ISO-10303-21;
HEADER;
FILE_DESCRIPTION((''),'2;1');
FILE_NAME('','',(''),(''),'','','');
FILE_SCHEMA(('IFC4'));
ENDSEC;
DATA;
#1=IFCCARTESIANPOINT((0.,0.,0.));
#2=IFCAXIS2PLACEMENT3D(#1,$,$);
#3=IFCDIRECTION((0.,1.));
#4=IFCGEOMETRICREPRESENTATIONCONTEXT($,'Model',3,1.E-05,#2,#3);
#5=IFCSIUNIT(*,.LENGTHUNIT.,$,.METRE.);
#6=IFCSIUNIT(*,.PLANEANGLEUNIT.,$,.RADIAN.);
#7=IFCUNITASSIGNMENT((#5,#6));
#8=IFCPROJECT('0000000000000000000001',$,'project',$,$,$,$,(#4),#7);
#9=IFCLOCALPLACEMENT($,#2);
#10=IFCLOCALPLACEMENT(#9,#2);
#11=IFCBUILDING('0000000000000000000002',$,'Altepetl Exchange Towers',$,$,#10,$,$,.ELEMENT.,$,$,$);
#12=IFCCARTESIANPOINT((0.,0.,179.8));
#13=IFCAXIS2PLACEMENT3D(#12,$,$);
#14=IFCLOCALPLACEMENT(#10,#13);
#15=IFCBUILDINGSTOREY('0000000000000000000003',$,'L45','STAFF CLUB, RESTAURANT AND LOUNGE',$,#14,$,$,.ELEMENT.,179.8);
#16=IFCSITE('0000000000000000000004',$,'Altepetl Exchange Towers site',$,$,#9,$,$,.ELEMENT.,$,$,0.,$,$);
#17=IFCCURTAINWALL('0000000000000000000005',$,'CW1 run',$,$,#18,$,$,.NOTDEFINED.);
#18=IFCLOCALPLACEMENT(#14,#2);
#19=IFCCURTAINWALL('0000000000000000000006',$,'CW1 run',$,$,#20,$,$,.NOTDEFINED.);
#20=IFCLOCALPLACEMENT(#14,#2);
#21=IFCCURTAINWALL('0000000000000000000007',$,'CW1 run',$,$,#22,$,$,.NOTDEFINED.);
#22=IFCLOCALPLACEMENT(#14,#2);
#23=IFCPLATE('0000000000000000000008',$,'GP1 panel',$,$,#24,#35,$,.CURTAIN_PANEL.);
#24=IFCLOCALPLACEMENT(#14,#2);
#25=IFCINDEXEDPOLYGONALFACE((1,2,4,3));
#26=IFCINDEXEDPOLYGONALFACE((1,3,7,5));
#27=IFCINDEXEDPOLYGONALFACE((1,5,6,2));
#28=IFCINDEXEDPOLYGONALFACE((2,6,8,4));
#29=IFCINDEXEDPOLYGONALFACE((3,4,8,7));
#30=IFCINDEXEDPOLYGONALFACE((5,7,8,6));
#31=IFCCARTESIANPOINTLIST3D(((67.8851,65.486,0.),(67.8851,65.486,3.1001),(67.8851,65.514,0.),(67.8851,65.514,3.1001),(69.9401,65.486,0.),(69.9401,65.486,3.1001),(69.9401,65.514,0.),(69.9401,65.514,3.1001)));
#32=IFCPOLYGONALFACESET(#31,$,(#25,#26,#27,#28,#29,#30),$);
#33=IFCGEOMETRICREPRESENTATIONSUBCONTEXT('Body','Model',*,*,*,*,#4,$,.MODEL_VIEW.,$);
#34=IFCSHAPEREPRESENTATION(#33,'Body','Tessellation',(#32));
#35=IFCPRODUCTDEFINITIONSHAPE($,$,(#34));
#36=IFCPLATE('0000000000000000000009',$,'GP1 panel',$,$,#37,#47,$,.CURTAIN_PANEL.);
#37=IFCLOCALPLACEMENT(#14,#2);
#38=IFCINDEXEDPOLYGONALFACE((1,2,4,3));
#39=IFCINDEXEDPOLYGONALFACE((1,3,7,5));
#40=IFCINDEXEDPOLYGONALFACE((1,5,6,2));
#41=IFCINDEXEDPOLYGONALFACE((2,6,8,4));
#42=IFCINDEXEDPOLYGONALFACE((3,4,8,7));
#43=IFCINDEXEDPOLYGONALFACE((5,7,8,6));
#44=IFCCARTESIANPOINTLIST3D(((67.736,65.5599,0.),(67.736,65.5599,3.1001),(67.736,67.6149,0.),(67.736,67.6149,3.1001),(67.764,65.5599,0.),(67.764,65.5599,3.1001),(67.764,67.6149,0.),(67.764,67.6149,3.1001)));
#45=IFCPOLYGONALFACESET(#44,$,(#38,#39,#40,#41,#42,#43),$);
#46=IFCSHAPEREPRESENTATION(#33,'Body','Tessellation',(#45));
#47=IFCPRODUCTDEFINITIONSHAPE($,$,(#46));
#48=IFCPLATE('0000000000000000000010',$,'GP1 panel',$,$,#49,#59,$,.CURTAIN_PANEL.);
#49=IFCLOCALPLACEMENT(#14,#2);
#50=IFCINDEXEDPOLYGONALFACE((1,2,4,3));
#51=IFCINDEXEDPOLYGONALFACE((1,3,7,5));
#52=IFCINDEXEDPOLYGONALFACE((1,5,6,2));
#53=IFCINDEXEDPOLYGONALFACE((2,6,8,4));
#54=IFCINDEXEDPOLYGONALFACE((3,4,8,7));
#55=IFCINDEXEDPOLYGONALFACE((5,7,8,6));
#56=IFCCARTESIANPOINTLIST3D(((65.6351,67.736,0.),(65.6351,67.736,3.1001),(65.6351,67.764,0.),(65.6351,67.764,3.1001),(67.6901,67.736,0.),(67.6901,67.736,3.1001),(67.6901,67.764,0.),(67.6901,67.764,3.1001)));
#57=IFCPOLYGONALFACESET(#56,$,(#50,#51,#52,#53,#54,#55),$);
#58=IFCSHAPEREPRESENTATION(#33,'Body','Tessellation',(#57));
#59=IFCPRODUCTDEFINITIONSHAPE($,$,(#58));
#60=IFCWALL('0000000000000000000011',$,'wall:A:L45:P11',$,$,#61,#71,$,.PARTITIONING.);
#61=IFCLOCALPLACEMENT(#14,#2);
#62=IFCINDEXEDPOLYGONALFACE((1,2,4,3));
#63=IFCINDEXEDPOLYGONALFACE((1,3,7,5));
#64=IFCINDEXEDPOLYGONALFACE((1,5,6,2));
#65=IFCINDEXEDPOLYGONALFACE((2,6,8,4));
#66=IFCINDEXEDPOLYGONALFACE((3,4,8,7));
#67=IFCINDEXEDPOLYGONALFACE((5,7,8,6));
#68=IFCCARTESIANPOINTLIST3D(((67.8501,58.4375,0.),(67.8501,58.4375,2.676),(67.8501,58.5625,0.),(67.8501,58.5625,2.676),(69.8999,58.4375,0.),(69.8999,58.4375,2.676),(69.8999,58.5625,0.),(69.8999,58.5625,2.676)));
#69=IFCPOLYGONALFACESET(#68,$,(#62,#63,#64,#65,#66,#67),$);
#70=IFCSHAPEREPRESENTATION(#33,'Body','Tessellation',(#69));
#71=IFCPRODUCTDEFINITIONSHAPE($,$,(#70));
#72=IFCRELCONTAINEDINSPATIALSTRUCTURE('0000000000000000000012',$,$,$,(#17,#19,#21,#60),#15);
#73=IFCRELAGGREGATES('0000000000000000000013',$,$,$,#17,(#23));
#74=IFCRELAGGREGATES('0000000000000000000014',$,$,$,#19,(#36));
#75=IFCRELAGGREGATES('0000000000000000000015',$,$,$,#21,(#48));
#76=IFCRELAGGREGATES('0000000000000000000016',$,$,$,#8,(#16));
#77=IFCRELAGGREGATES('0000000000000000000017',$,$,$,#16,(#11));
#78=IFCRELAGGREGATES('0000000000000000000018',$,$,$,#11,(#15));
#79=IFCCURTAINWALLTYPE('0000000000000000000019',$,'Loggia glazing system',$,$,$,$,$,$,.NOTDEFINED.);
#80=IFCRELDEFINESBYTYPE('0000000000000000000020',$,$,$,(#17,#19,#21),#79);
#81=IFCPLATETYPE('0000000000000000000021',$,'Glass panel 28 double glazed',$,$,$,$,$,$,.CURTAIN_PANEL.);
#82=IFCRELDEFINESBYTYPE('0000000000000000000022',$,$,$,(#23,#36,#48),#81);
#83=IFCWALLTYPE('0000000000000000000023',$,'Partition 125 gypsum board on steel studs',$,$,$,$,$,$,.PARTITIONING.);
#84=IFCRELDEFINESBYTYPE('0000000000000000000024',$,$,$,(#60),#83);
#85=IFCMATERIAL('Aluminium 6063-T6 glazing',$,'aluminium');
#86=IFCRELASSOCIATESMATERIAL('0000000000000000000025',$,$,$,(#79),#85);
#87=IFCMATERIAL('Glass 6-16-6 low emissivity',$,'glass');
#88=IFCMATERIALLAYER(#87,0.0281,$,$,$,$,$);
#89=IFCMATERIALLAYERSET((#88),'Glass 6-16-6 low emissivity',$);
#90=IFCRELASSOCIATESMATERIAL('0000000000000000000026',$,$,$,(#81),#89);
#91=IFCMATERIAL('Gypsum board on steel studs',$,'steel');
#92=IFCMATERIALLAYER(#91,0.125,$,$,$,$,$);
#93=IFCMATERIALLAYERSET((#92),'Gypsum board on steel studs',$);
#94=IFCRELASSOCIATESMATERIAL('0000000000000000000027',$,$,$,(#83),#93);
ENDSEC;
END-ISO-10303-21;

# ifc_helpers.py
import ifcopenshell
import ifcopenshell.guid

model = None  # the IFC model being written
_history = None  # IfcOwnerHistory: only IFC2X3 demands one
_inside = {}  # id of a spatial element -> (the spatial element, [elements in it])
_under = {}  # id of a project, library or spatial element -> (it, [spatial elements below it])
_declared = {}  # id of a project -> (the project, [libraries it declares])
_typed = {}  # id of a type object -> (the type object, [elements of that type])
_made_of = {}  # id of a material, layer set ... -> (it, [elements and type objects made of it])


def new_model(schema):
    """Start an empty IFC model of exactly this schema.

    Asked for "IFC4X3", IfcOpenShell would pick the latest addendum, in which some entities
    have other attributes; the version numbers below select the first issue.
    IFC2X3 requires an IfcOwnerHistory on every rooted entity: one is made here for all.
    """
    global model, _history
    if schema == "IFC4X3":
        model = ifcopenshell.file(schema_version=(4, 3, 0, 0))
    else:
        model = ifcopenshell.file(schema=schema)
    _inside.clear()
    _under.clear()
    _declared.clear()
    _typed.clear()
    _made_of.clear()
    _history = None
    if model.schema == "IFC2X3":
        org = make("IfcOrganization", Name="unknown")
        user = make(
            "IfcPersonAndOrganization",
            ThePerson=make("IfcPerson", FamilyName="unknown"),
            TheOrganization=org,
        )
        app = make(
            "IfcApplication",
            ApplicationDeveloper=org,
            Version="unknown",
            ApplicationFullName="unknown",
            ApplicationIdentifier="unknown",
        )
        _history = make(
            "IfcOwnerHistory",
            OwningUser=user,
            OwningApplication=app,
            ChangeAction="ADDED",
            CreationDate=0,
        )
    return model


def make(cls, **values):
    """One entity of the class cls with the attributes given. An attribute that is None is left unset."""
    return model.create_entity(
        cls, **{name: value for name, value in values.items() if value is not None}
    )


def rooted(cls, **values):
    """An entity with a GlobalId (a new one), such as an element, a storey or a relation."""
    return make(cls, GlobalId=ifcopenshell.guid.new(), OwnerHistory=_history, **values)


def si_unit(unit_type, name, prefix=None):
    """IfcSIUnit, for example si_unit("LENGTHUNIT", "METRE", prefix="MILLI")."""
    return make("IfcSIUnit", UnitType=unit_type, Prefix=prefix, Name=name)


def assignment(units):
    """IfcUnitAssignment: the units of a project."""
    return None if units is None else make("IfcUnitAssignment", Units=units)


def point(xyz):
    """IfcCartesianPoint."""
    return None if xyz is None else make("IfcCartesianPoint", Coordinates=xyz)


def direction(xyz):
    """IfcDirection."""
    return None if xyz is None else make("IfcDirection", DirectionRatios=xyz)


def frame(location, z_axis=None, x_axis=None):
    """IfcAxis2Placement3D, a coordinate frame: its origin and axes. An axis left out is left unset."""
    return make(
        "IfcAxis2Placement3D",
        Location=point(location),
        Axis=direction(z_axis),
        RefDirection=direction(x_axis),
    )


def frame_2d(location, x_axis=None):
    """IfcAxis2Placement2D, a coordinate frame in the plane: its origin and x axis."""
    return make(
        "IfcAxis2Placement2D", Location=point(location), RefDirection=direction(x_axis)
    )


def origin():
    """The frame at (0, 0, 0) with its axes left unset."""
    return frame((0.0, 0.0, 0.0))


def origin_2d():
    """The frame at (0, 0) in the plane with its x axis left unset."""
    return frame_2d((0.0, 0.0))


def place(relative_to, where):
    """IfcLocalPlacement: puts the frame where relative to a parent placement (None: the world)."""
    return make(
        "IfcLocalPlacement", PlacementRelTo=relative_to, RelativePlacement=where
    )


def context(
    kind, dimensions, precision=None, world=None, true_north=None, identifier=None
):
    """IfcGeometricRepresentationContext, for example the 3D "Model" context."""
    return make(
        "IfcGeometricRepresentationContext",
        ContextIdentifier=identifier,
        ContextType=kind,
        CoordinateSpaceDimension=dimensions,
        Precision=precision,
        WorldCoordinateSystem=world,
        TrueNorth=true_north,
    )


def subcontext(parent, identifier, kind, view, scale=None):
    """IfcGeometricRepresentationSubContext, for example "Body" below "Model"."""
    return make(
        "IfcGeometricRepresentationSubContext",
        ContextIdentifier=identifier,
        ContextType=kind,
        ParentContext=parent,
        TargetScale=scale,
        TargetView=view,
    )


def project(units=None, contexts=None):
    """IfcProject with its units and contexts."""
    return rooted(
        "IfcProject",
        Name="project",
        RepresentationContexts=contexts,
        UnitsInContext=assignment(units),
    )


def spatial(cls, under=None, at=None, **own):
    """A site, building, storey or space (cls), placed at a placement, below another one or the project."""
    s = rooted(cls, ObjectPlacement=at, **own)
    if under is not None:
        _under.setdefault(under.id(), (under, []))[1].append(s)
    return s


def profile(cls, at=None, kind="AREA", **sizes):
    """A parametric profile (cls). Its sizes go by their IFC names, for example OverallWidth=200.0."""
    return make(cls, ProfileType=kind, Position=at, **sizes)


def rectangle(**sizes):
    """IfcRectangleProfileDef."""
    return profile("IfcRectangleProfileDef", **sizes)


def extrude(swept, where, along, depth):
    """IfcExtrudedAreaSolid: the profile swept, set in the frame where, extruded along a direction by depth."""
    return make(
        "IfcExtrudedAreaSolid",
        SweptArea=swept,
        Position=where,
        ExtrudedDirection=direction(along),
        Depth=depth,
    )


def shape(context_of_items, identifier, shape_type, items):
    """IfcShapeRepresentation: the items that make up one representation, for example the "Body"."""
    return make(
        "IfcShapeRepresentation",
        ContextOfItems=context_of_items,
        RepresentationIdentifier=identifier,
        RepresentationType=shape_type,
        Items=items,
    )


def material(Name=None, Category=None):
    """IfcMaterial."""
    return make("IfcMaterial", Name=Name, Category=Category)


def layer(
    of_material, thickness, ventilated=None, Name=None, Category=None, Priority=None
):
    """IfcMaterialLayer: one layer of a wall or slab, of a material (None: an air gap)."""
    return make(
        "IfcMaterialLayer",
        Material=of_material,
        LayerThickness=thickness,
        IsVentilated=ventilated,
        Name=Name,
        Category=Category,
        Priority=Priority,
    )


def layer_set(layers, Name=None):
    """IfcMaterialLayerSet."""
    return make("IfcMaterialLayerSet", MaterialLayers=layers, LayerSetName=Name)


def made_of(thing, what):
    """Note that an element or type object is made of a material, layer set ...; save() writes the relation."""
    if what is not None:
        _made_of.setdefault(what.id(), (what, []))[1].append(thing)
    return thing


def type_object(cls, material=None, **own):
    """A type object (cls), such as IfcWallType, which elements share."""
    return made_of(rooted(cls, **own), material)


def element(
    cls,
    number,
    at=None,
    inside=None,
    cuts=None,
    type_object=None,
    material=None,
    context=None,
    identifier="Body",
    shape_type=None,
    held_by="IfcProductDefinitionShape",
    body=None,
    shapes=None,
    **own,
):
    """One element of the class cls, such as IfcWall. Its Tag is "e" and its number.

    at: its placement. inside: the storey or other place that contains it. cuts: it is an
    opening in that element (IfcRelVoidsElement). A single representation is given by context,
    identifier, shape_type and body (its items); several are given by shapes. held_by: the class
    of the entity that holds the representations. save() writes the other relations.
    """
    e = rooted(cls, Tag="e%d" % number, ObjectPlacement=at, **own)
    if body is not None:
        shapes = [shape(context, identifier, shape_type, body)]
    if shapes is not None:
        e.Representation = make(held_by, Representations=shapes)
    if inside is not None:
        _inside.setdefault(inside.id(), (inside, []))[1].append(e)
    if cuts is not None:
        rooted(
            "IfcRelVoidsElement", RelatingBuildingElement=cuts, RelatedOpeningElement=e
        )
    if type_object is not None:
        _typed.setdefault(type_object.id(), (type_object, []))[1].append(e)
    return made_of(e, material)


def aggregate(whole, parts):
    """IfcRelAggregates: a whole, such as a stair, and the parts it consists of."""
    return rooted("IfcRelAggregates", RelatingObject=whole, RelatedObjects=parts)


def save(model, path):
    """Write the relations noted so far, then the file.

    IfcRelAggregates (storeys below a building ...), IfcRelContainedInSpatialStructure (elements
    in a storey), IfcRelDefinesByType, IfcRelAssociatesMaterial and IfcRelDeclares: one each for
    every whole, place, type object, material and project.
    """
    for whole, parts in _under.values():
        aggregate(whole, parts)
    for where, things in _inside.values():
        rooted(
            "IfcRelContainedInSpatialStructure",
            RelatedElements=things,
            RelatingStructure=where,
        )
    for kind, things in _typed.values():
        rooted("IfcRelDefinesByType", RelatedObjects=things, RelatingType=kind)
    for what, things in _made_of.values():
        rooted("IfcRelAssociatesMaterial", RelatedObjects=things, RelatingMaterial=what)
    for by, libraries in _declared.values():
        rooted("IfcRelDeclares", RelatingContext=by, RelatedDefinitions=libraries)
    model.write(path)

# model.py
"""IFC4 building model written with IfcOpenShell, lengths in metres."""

from ifc_helpers import new_model, si_unit, direction, frame, frame_2d, origin, origin_2d, place, context, subcontext, project, spatial, rectangle, extrude, material, layer, layer_set, type_object, element, aggregate, save


model = new_model("IFC4")

# Units and contexts
model_context = context("Model", 3, precision=1e-05, world=origin(), true_north=direction((0.0, 1.0)))
body_context = subcontext(model_context, "Body", "Model", "MODEL_VIEW")
ifc_project = project(units=[si_unit("LENGTHUNIT", "METRE"), si_unit("PLANEANGLEUNIT", "RADIAN")], contexts=[model_context])

# Site, building, storey
site_placement = place(None, origin())
site = spatial("IfcSite", under=ifc_project, at=site_placement, Name="Altepetl Exchange Towers site", CompositionType="ELEMENT", RefElevation=0.0)
building_placement = place(site_placement, origin())
building = spatial("IfcBuilding", under=site, at=building_placement, Name="Altepetl Exchange Towers", CompositionType="ELEMENT")
storey_placement = place(building_placement, frame((0.0, 0.0, 179.8)))
storey = spatial("IfcBuildingStorey", under=building, at=storey_placement, Name="L45", Description="STAFF CLUB, RESTAURANT AND LOUNGE", CompositionType="ELEMENT", Elevation=179.8)

# Curtain walls
ifc_material_1 = material(Name="Aluminium 6063-T6 glazing", Category="aluminium")
curtain_wall_type = type_object("IfcCurtainWallType", Name="Loggia glazing system", PredefinedType="NOTDEFINED", material=ifc_material_1)
curtain_wall_1_placement = place(storey_placement, origin())
curtain_wall_1 = element("IfcCurtainWall", 1, at=curtain_wall_1_placement, inside=storey, type_object=curtain_wall_type, Name="CW1 run", PredefinedType="NOTDEFINED")
curtain_wall_2_placement = place(storey_placement, origin())
curtain_wall_2 = element("IfcCurtainWall", 2, at=curtain_wall_2_placement, inside=storey, type_object=curtain_wall_type, Name="CW1 run", PredefinedType="NOTDEFINED")
curtain_wall_3_placement = place(storey_placement, origin())
curtain_wall_3 = element("IfcCurtainWall", 3, at=curtain_wall_3_placement, inside=storey, type_object=curtain_wall_type, Name="CW1 run", PredefinedType="NOTDEFINED")

# Plates
ifc_material_2 = material(Name="Glass 6-16-6 low emissivity", Category="glass")
ifc_layer_1 = layer(ifc_material_2, 0.0281)
ifc_layer_set_1 = layer_set([ifc_layer_1], Name="Glass 6-16-6 low emissivity")
plate_type = type_object("IfcPlateType", Name="Glass panel 28 double glazed", PredefinedType="CURTAIN_PANEL", material=ifc_layer_set_1)
plate_1_placement = place(storey_placement, frame((68.9126, 65.5, 0.0), z_axis=(0.0, 0.0, 1.0), x_axis=(-1.0, 0.0, 0.0)))
plate_1 = element("IfcPlate", 4, at=plate_1_placement, type_object=plate_type, Name="GP1 panel", PredefinedType="CURTAIN_PANEL", context=body_context, shape_type="SweptSolid", body=[
    extrude(rectangle(XDim=2.0549, YDim=0.0281, at=origin_2d()), origin(), (0.0, 0.0, 1.0), 3.1001),
])
aggregate(curtain_wall_1, [plate_1])
plate_2_placement = place(storey_placement, frame((67.75, 66.5874, 0.0), z_axis=(0.0, 0.0, 1.0), x_axis=(0.0, 1.0, 0.0)))
plate_2 = element("IfcPlate", 5, at=plate_2_placement, type_object=plate_type, Name="GP1 panel", PredefinedType="CURTAIN_PANEL", context=body_context, shape_type="SweptSolid", body=[
    extrude(rectangle(XDim=2.0549, YDim=0.0281, at=origin_2d()), origin(), (0.0, 0.0, 1.0), 3.1001),
])
aggregate(curtain_wall_2, [plate_2])
plate_3_placement = place(storey_placement, frame((66.6626, 67.75, 0.0), z_axis=(0.0, 0.0, 1.0), x_axis=(-1.0, 0.0, 0.0)))
plate_3 = element("IfcPlate", 6, at=plate_3_placement, type_object=plate_type, Name="GP1 panel", PredefinedType="CURTAIN_PANEL", context=body_context, shape_type="SweptSolid", body=[
    extrude(rectangle(XDim=2.0549, YDim=0.0281, at=origin_2d()), origin(), (0.0, 0.0, 1.0), 3.1001),
])
aggregate(curtain_wall_3, [plate_3])

# Wall
ifc_material_3 = material(Name="Gypsum board on steel studs", Category="steel")
ifc_layer_2 = layer(ifc_material_3, 0.125)
ifc_layer_set_2 = layer_set([ifc_layer_2], Name="Gypsum board on steel studs")
wall_type = type_object("IfcWallType", Name="Partition 125 gypsum board on steel studs", PredefinedType="PARTITIONING", material=ifc_layer_set_2)
wall_placement = place(storey_placement, frame((67.8501, 58.5, 0.0)))
element("IfcWall", 7, at=wall_placement, inside=storey, type_object=wall_type, Name="wall:A:L45:P11", PredefinedType="PARTITIONING", context=body_context, shape_type="SweptSolid", body=[
    extrude(rectangle(XDim=2.0498, YDim=0.125, at=frame_2d((1.0249, 0.0))), origin(), (0.0, 0.0, 1.0), 2.676),
])

save(model, "model.ifc")
